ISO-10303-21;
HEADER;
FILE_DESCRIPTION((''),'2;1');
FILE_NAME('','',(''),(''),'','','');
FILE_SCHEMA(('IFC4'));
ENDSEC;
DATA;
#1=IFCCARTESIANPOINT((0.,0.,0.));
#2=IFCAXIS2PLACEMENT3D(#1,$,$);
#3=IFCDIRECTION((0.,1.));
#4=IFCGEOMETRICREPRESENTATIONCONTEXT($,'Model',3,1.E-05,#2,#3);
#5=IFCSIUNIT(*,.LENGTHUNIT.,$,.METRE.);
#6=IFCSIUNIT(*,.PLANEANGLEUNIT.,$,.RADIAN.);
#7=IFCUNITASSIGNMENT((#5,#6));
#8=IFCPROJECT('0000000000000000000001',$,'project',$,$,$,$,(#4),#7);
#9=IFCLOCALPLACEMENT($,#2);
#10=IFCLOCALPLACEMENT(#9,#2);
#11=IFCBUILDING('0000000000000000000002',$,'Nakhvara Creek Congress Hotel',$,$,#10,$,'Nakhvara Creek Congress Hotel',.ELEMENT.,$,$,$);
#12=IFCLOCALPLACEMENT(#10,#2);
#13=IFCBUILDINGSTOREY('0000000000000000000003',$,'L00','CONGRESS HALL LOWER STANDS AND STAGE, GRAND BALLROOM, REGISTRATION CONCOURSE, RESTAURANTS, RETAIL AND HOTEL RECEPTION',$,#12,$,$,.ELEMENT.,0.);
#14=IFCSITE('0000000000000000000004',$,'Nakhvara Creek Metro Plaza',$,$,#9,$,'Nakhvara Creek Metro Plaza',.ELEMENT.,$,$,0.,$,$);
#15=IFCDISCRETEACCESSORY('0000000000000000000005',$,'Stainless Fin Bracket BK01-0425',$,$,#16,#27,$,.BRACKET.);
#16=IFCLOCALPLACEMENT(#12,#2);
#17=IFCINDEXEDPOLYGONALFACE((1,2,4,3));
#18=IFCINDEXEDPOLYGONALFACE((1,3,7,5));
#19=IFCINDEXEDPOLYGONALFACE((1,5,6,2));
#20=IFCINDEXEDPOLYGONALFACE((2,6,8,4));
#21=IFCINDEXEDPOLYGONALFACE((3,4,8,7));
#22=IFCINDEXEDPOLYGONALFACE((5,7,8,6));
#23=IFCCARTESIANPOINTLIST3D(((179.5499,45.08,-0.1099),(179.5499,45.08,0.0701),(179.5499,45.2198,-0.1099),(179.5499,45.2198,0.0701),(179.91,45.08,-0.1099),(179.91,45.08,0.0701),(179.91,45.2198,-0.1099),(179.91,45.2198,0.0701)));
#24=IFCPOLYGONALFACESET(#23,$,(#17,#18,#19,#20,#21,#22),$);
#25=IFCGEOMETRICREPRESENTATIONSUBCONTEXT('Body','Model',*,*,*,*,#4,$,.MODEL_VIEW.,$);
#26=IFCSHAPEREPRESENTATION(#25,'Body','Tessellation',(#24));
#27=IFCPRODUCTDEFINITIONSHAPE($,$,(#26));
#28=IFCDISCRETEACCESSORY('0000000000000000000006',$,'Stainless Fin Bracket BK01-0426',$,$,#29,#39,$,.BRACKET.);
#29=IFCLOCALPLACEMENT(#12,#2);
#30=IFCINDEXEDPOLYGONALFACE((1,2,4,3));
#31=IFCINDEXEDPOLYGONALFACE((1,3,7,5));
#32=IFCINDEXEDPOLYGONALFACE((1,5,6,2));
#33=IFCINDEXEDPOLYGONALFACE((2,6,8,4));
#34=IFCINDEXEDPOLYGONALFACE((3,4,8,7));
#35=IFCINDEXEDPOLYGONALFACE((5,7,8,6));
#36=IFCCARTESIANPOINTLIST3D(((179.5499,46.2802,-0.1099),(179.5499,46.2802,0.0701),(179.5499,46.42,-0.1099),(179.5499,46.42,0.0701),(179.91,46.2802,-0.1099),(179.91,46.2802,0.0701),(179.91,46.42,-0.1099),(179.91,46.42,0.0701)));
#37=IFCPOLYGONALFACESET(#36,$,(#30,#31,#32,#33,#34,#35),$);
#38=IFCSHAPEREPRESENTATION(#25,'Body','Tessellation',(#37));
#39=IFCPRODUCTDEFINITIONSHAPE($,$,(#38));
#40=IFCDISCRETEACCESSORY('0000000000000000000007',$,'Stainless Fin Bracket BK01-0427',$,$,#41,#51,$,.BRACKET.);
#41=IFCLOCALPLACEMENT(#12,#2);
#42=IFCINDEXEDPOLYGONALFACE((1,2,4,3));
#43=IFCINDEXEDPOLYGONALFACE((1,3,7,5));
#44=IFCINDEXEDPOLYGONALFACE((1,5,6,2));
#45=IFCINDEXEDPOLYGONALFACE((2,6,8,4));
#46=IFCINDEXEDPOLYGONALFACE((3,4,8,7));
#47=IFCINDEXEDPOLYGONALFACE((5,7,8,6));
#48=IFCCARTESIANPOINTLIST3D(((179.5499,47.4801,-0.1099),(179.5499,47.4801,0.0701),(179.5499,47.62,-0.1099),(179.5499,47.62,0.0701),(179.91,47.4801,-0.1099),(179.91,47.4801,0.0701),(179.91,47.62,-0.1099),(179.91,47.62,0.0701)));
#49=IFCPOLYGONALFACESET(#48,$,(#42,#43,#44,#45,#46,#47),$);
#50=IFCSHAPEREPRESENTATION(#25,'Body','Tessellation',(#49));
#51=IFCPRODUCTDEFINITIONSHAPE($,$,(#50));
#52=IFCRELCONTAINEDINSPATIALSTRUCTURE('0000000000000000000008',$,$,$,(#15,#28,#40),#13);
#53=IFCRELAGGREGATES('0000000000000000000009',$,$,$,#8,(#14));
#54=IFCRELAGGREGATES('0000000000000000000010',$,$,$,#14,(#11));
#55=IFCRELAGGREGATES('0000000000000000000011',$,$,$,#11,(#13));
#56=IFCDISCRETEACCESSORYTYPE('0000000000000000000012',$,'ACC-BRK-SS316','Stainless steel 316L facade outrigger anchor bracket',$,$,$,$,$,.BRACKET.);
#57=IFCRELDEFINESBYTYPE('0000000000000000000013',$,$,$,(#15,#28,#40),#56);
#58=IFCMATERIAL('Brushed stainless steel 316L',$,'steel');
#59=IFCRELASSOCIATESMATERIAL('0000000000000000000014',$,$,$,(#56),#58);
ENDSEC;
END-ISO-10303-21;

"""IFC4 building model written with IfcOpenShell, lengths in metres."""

from ifc_helpers import new_model, si_unit, direction, frame, origin, origin_2d, place, context, subcontext, project, spatial, rectangle, extrude, material, type_object, element, save


model = new_model("IFC4")

# Units and contexts
model_context = context("Model", 3, precision=1e-05, world=origin(), true_north=direction((0.0, 1.0)))
body_context = subcontext(model_context, "Body", "Model", "MODEL_VIEW")
ifc_project = project(units=[si_unit("LENGTHUNIT", "METRE"), si_unit("PLANEANGLEUNIT", "RADIAN")], contexts=[model_context])

# Site, building, storey
site_placement = place(None, origin())
site = spatial("IfcSite", under=ifc_project, at=site_placement, Name="Nakhvara Creek Metro Plaza", LongName="Nakhvara Creek Metro Plaza", CompositionType="ELEMENT", RefElevation=0.0)
building_placement = place(site_placement, origin())
building = spatial("IfcBuilding", under=site, at=building_placement, Name="Nakhvara Creek Congress Hotel", LongName="Nakhvara Creek Congress Hotel", CompositionType="ELEMENT")
storey_placement = place(building_placement, origin())
storey = spatial("IfcBuildingStorey", under=building, at=storey_placement, Name="L00", Description="CONGRESS HALL LOWER STANDS AND STAGE, GRAND BALLROOM, REGISTRATION CONCOURSE, RESTAURANTS, RETAIL AND HOTEL RECEPTION", CompositionType="ELEMENT", Elevation=0.0)

# Discrete accessories
ifc_material_1 = material(Name="Brushed stainless steel 316L", Category="steel")
discrete_accessory_type = type_object("IfcDiscreteAccessoryType", Name="ACC-BRK-SS316", Description="Stainless steel 316L facade outrigger anchor bracket", PredefinedType="BRACKET", material=ifc_material_1)
for number, where, z_axis, x_axis, name in (
    (1, (179.73, 45.1499, -0.1099), (0.0, 0.0, 1.0), (0.0, 1.0, 0.0), "Stainless Fin Bracket BK01-0425"),
    (2, (179.73, 46.3501, -0.1099), (0.0, 0.0, 1.0), (0.0, 1.0, 0.0), "Stainless Fin Bracket BK01-0426"),
    (3, (179.73, 47.55, -0.1099), (0.0, 0.0, 1.0), (0.0, 1.0, 0.0), "Stainless Fin Bracket BK01-0427"),
):
    element("IfcDiscreteAccessory", number, at=place(storey_placement, frame(where, z_axis=z_axis, x_axis=x_axis)), inside=storey, type_object=discrete_accessory_type, Name=name, PredefinedType="BRACKET", context=body_context, shape_type="SweptSolid", body=[
        extrude(rectangle(XDim=0.1399, YDim=0.3601, at=origin_2d()), origin(), (0.0, 0.0, 1.0), 0.1799),
    ])

save(model, "model.ifc")
